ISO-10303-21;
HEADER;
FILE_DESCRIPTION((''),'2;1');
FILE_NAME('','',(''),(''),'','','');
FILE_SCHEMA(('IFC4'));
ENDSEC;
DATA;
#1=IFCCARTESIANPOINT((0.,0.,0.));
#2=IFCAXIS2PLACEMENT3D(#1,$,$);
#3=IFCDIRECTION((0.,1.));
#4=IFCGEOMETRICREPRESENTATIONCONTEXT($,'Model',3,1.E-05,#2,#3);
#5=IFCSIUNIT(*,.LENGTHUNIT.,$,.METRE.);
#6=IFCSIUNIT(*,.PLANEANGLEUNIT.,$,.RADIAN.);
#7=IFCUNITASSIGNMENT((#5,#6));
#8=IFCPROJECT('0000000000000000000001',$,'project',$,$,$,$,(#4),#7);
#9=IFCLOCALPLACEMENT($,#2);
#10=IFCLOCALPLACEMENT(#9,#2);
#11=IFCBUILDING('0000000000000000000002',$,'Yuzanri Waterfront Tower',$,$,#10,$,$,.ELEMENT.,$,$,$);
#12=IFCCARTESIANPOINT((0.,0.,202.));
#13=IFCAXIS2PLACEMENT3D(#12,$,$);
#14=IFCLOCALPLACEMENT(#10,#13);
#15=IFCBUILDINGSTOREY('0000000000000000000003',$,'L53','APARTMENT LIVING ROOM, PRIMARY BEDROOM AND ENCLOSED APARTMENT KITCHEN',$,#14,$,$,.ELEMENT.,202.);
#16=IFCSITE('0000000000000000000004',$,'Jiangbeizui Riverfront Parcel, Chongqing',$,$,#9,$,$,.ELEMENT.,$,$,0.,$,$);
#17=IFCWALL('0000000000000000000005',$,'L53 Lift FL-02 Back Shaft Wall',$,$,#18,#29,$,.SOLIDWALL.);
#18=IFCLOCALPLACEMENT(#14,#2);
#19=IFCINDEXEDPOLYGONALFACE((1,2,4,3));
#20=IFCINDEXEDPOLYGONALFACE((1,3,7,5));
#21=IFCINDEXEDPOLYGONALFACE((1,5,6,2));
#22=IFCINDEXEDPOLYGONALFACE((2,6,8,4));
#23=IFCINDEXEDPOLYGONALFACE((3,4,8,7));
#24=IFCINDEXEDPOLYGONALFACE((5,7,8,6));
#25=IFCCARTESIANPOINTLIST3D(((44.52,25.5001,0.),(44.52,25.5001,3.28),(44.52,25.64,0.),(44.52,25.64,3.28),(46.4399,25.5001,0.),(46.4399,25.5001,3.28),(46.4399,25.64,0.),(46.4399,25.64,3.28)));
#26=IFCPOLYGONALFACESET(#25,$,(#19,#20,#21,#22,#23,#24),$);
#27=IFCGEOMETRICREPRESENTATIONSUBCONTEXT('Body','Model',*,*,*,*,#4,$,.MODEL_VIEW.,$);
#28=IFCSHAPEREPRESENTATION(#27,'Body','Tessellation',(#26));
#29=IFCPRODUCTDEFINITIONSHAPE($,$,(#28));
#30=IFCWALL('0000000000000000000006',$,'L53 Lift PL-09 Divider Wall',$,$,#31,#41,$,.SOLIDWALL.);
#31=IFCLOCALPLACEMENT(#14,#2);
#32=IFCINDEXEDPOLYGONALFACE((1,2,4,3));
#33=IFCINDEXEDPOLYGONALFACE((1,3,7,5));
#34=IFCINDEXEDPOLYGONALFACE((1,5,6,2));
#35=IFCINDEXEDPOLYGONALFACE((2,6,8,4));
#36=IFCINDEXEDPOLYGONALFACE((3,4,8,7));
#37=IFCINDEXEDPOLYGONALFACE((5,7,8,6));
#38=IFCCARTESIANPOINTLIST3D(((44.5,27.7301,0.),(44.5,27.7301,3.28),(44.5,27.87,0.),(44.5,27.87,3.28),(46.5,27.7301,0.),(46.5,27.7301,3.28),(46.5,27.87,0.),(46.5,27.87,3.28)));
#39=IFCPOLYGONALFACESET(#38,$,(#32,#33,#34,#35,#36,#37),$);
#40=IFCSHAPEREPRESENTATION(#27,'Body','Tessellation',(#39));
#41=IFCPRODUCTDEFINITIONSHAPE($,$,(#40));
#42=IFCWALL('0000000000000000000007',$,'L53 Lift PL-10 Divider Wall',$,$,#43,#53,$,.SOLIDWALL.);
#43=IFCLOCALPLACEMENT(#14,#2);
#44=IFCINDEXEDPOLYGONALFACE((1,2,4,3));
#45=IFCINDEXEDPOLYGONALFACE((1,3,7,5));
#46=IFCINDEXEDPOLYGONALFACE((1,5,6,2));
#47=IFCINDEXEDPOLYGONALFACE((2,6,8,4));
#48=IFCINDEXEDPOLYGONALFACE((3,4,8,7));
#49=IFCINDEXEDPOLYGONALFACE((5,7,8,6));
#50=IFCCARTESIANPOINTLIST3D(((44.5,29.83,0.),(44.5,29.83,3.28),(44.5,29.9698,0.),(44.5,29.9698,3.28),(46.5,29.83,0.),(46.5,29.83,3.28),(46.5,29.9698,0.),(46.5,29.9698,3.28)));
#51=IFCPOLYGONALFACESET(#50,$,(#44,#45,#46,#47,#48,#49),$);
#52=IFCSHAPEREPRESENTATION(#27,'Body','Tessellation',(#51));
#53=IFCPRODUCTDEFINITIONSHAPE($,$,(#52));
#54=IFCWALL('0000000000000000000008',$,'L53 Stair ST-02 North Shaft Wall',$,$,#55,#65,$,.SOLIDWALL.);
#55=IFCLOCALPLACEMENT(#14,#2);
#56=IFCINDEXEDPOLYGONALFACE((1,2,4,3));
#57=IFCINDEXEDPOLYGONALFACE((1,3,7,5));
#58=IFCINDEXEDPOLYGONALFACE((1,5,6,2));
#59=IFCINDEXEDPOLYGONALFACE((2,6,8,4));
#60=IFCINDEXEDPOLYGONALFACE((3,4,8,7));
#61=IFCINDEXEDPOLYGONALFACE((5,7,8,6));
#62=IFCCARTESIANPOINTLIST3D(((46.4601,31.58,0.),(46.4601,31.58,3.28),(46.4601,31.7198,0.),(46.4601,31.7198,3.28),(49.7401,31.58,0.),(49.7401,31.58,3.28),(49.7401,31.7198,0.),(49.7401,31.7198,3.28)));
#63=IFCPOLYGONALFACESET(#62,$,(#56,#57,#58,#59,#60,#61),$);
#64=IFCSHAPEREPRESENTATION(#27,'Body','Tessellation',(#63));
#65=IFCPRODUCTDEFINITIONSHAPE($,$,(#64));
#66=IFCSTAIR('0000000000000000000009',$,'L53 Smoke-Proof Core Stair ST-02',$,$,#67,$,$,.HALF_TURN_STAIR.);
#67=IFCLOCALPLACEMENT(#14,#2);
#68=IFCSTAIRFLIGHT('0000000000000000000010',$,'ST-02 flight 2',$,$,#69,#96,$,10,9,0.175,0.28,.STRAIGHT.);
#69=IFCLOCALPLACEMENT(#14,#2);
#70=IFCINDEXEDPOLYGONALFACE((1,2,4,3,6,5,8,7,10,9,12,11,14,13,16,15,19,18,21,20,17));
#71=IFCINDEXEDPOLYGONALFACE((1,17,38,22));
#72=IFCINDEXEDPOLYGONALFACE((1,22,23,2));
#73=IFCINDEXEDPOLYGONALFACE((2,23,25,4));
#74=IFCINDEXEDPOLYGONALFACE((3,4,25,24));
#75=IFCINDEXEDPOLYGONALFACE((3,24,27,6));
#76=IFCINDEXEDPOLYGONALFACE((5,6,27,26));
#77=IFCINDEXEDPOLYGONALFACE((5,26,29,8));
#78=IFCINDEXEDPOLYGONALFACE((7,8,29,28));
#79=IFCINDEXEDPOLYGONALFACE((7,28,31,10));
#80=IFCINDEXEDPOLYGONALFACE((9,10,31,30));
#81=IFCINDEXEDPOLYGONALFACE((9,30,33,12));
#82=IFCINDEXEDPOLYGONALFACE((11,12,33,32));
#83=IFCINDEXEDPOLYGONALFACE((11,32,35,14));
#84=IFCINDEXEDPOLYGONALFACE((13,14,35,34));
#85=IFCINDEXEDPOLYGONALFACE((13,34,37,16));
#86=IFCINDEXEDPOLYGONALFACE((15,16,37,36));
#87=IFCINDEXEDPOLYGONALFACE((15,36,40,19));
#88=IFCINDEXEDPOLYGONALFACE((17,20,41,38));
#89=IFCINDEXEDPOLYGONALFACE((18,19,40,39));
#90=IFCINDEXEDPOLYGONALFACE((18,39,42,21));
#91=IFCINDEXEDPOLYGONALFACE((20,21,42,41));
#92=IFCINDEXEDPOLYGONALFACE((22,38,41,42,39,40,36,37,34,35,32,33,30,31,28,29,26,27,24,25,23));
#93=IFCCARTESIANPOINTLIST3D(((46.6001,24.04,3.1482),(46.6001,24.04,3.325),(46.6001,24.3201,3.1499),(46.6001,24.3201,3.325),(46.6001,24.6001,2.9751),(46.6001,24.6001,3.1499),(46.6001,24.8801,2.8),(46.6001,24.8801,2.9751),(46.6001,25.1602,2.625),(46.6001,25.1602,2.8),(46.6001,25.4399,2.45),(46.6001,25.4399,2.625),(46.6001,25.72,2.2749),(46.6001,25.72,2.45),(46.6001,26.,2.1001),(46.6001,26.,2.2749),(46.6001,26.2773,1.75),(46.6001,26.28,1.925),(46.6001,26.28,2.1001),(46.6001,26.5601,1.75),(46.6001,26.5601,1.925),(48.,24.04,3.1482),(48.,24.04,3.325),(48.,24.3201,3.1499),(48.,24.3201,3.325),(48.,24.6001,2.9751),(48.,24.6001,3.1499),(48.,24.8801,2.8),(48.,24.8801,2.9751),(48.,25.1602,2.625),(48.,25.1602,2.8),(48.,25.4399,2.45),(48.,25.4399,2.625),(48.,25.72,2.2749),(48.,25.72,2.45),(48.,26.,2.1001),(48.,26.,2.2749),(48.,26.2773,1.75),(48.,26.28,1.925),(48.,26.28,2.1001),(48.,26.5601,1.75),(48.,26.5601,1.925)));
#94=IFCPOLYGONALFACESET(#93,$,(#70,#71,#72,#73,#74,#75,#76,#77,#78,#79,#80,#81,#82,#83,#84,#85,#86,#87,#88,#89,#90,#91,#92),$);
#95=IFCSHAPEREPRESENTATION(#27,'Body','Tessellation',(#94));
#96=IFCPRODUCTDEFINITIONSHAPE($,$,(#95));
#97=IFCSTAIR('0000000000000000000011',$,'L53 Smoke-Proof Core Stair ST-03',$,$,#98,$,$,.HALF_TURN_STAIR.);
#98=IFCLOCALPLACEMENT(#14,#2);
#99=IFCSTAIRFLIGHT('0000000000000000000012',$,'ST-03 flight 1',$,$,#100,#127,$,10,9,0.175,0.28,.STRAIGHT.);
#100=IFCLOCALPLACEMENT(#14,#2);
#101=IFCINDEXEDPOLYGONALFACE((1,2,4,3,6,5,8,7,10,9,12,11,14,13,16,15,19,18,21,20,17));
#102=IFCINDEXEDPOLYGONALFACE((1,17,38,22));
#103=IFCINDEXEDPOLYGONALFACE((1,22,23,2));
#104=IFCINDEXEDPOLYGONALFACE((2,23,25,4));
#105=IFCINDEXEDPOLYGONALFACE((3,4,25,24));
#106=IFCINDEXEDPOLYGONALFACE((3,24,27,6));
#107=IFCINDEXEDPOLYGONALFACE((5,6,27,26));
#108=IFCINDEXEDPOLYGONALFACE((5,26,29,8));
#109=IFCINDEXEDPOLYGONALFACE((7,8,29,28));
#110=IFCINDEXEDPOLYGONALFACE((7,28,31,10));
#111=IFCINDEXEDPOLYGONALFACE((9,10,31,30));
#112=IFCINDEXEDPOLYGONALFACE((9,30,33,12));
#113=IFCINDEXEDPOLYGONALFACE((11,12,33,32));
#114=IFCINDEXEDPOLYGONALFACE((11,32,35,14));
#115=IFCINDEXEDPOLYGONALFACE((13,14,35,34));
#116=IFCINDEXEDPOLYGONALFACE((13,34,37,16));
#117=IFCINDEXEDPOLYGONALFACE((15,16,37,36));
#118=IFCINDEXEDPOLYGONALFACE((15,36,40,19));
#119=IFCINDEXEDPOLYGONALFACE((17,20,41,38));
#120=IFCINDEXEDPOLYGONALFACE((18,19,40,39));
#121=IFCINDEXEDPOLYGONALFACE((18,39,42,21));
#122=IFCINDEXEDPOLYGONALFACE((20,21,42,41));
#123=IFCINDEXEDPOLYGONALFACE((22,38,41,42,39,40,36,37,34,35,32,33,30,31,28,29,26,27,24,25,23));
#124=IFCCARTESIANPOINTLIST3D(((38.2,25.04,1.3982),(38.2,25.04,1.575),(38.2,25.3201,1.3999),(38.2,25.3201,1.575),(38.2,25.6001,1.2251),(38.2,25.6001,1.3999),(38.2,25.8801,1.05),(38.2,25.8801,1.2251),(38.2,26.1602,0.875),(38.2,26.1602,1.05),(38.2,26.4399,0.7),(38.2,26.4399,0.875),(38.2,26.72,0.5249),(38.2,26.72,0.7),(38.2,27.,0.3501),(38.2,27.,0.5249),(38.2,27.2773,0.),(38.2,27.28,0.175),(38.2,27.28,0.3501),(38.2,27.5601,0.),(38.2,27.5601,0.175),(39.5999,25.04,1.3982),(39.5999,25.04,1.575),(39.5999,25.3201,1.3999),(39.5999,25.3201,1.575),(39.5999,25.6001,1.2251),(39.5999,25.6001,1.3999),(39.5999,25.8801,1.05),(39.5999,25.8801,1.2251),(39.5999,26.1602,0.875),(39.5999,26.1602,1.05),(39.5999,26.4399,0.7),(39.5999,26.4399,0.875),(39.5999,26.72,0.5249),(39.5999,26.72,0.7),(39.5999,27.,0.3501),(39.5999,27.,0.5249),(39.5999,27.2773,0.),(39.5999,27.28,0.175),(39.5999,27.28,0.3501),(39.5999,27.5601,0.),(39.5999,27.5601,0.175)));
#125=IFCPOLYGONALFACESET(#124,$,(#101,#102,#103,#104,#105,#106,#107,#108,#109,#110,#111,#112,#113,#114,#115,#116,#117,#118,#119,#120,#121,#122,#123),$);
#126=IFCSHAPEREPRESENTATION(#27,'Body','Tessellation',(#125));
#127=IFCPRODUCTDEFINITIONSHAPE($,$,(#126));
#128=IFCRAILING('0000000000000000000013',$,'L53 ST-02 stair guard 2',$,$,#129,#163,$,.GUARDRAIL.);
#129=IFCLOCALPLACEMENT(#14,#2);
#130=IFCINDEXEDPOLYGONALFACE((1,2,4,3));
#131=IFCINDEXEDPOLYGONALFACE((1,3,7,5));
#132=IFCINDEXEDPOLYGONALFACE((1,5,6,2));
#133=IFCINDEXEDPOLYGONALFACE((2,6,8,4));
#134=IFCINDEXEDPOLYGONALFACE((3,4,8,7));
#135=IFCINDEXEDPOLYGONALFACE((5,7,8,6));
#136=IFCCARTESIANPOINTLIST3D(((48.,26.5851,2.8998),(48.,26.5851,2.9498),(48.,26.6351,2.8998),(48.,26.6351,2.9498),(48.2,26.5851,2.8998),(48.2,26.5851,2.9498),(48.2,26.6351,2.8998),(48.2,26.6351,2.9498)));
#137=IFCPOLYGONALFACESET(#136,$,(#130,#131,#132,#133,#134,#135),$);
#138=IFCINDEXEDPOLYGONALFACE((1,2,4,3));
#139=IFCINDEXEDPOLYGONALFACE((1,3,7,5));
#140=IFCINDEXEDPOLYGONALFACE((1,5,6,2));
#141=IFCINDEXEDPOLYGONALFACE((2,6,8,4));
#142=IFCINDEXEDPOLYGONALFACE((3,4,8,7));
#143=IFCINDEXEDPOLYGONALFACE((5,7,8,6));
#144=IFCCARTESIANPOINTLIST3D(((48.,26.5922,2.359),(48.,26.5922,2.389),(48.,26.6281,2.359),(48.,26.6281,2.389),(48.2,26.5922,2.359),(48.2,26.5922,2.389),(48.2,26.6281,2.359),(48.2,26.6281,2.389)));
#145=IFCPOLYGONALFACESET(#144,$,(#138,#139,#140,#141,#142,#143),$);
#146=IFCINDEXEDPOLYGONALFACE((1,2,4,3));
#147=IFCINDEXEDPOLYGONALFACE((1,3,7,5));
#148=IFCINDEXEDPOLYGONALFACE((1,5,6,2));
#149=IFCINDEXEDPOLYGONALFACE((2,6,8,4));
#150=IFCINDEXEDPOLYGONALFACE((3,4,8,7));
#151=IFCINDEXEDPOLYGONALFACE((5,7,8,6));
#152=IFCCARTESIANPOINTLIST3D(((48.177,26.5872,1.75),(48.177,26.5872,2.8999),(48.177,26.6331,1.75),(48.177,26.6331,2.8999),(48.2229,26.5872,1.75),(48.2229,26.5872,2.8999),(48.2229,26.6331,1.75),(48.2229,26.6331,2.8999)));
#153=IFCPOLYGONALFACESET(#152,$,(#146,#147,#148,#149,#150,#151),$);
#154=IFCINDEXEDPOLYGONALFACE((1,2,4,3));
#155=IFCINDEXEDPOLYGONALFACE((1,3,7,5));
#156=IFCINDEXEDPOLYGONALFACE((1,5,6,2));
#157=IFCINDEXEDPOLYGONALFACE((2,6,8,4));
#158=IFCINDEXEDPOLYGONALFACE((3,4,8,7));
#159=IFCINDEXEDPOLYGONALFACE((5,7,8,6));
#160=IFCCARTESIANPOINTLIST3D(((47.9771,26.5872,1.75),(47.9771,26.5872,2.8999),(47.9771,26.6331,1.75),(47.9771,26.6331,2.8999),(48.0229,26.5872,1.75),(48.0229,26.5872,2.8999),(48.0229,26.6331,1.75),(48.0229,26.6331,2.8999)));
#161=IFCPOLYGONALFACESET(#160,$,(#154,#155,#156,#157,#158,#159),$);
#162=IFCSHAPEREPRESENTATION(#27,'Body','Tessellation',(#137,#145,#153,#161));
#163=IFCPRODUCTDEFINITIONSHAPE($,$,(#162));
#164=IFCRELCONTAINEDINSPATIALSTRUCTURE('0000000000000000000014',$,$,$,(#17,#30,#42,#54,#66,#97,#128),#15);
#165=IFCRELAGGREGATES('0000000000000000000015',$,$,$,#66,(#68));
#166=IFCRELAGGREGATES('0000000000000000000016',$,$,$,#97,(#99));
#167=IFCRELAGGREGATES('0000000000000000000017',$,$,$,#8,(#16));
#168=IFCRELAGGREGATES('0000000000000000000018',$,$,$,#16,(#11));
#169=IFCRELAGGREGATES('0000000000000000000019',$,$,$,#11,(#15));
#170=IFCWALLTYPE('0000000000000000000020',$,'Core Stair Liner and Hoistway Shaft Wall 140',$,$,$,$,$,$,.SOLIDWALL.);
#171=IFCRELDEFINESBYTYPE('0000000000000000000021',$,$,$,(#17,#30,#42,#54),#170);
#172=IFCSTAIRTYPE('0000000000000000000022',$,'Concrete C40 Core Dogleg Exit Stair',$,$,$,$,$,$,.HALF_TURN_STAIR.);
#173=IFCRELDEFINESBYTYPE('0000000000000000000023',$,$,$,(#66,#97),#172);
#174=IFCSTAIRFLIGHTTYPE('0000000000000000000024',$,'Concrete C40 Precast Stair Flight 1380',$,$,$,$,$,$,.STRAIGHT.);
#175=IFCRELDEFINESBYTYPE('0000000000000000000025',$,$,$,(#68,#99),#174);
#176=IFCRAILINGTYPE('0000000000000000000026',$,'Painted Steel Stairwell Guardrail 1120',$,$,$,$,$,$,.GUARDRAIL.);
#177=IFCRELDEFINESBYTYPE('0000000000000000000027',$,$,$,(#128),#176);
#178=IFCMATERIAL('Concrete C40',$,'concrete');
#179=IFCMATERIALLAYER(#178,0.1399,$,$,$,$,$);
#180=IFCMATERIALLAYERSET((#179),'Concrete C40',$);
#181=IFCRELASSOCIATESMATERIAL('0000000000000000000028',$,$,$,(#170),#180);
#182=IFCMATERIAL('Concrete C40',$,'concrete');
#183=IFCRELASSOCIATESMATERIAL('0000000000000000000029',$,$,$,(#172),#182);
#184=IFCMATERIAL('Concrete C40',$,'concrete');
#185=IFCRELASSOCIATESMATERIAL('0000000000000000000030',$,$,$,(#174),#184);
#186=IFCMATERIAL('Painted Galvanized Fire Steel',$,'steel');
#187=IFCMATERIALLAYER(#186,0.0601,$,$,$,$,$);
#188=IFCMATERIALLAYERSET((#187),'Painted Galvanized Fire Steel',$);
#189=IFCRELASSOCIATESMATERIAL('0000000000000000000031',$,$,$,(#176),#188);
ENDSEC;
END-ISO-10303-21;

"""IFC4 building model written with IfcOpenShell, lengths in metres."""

from ifc_helpers import new_model, si_unit, direction, frame, frame_2d, origin, origin_2d, place, context, subcontext, project, spatial, polyline, rectangle, outline, extrude, source, transform, mapped, material, layer, layer_set, type_object, element, aggregate, save


model = new_model("IFC4")

# Units and contexts
model_context = context("Model", 3, precision=1e-05, world=origin(), true_north=direction((0.0, 1.0)))
body_context = subcontext(model_context, "Body", "Model", "MODEL_VIEW")
ifc_project = project(units=[si_unit("LENGTHUNIT", "METRE"), si_unit("PLANEANGLEUNIT", "RADIAN")], contexts=[model_context])

# Site, building, storey
site_placement = place(None, origin())
site = spatial("IfcSite", under=ifc_project, at=site_placement, Name="Jiangbeizui Riverfront Parcel, Chongqing", CompositionType="ELEMENT", RefElevation=0.0)
building_placement = place(site_placement, origin())
building = spatial("IfcBuilding", under=site, at=building_placement, Name="Yuzanri Waterfront Tower", CompositionType="ELEMENT")
storey_placement = place(building_placement, frame((0.0, 0.0, 202.0)))
storey = spatial("IfcBuildingStorey", under=building, at=storey_placement, Name="L53", Description="APARTMENT LIVING ROOM, PRIMARY BEDROOM AND ENCLOSED APARTMENT KITCHEN", CompositionType="ELEMENT", Elevation=202.0)

# Shared definitions
ifc_material_1 = material(Name="Concrete C40", Category="concrete")
ifc_layer_1 = layer(ifc_material_1, 0.1399)
ifc_layer_set_1 = layer_set([ifc_layer_1], Name="Concrete C40")
wall_type_1 = type_object("IfcWallType", Name="Core Stair Liner and Hoistway Shaft Wall 140", PredefinedType="SOLIDWALL", material=ifc_layer_set_1)

# Walls
shared_shape_1 = source(origin(), body_context, "Body", "SweptSolid", [
    extrude(rectangle(XDim=1.9199, YDim=0.1399, at=frame_2d((0.96, 0.0))), origin(), (0.0, 0.0, 1.0), 3.28),
])
wall_1_placement = place(storey_placement, frame((44.52, 25.5701, 0.0), z_axis=(0.0, 0.0, 1.0), x_axis=(1.0, 0.0, 0.0)))
element("IfcWall", 1, at=wall_1_placement, inside=storey, type_object=wall_type_1, Name="L53 Lift FL-02 Back Shaft Wall", PredefinedType="SOLIDWALL", context=body_context, shape_type="MappedRepresentation", body=[
    mapped(shared_shape_1, transform((0.0, 0.0, 0.0), scale=1.0)),
])
shared_shape_2 = source(origin(), body_context, "Body", "SweptSolid", [
    extrude(rectangle(XDim=2.0, YDim=0.1399, at=frame_2d((1.0, 0.0))), origin(), (0.0, 0.0, 1.0), 3.28),
])
for number, where, z_axis, x_axis, name in (
    (2, (44.5, 27.8, 0.0), (0.0, 0.0, 1.0), (1.0, 0.0, 0.0), "L53 Lift PL-09 Divider Wall"),
    (3, (44.5, 29.8999, 0.0), (0.0, 0.0, 1.0), (1.0, 0.0, 0.0), "L53 Lift PL-10 Divider Wall"),
):
    element("IfcWall", number, at=place(storey_placement, frame(where, z_axis=z_axis, x_axis=x_axis)), inside=storey, type_object=wall_type_1, Name=name, PredefinedType="SOLIDWALL", context=body_context, shape_type="MappedRepresentation", body=[
        mapped(shared_shape_2, transform((0.0, 0.0, 0.0), scale=1.0)),
    ])
shared_shape_3 = source(origin(), body_context, "Body", "SweptSolid", [
    extrude(rectangle(XDim=3.28, YDim=0.1399, at=frame_2d((1.6401, 0.0))), origin(), (0.0, 0.0, 1.0), 3.28),
])
wall_2_placement = place(storey_placement, frame((46.46, 31.6499, 0.0), z_axis=(0.0, 0.0, 1.0), x_axis=(1.0, 0.0, 0.0)))
element("IfcWall", 4, at=wall_2_placement, inside=storey, type_object=wall_type_1, Name="L53 Stair ST-02 North Shaft Wall", PredefinedType="SOLIDWALL", context=body_context, shape_type="MappedRepresentation", body=[
    mapped(shared_shape_3, transform((0.0, 0.0, 0.0), scale=1.0)),
])

# Stairs, stair flights
ifc_material_2 = material(Name="Concrete C40", Category="concrete")
stair_type = type_object("IfcStairType", Name="Concrete C40 Core Dogleg Exit Stair", PredefinedType="HALF_TURN_STAIR", material=ifc_material_2)
stair_1_placement = place(storey_placement, origin())
stair_1 = element("IfcStair", 5, at=stair_1_placement, inside=storey, type_object=stair_type, Name="L53 Smoke-Proof Core Stair ST-02", PredefinedType="HALF_TURN_STAIR")
ifc_material_3 = material(Name="Concrete C40", Category="concrete")
stair_flight_type = type_object("IfcStairFlightType", Name="Concrete C40 Precast Stair Flight 1380", PredefinedType="STRAIGHT", material=ifc_material_3)
shared_shape_4 = source(origin(), body_context, "Body", "SweptSolid", [
    extrude(outline(polyline([(0.0, 0.0), (0.0, 0.175), (0.28, 0.175), (0.28, 0.3501), (0.5601, 0.3501), (0.5601, 0.5249), (0.8401, 0.5249), (0.8401, 0.7), (1.1201, 0.7), (1.1201, 0.875), (1.3999, 0.875), (1.3999, 1.05), (1.6799, 1.05), (1.6799, 1.2251), (1.96, 1.2251), (1.96, 1.3999), (2.24, 1.3999), (2.24, 1.575), (2.52, 1.575), (2.52, 1.75), (2.52, 1.3982), (0.2827, 0.0), (0.0, 0.0)])), frame((0.0, 0.7, 0.0), z_axis=(0.0, -1.0, 0.0), x_axis=(1.0, 0.0, 0.0)), (0.0, 0.0, 1.0), 1.3999),
])
stair_flight_1_placement = place(storey_placement, frame((47.3, 26.5601, 1.75), z_axis=(0.0, 0.0, 1.0), x_axis=(0.0, -1.0, 0.0)))
stair_flight_1 = element("IfcStairFlight", 6, at=stair_flight_1_placement, type_object=stair_flight_type, Name="ST-02 flight 2", NumberOfRisers=10, NumberOfTreads=9, PredefinedType="STRAIGHT", RiserHeight=0.175, TreadLength=0.28, context=body_context, shape_type="MappedRepresentation", body=[
    mapped(shared_shape_4, transform((0.0, 0.0, 0.0), scale=1.0)),
])
aggregate(stair_1, [stair_flight_1])
stair_2_placement = place(storey_placement, origin())
stair_2 = element("IfcStair", 7, at=stair_2_placement, inside=storey, type_object=stair_type, Name="L53 Smoke-Proof Core Stair ST-03", PredefinedType="HALF_TURN_STAIR")
stair_flight_2_placement = place(storey_placement, frame((38.8999, 27.5601, 0.0), z_axis=(0.0, 0.0, 1.0), x_axis=(0.0, -1.0, 0.0)))
stair_flight_2 = element("IfcStairFlight", 8, at=stair_flight_2_placement, type_object=stair_flight_type, Name="ST-03 flight 1", NumberOfRisers=10, NumberOfTreads=9, PredefinedType="STRAIGHT", RiserHeight=0.175, TreadLength=0.28, context=body_context, shape_type="MappedRepresentation", body=[
    mapped(shared_shape_4, transform((0.0, 0.0, 0.0), scale=1.0)),
])
aggregate(stair_2, [stair_flight_2])

# Railing
ifc_material_4 = material(Name="Painted Galvanized Fire Steel", Category="steel")
ifc_layer_2 = layer(ifc_material_4, 0.0601)
ifc_layer_set_2 = layer_set([ifc_layer_2], Name="Painted Galvanized Fire Steel")
railing_type_1 = type_object("IfcRailingType", Name="Painted Steel Stairwell Guardrail 1120", PredefinedType="GUARDRAIL", material=ifc_layer_set_2)
shared_shape_5 = source(origin(), body_context, "Body", "SweptSolid", [
    extrude(rectangle(XDim=0.05, YDim=0.05, at=origin_2d()), frame((0.0, 0.0, 1.1748), z_axis=(-1.0, 0.0, 0.0), x_axis=(0.0, -1.0, 0.0)), (0.0, 0.0, 1.0), 0.2),
    extrude(rectangle(XDim=0.0359, YDim=0.03, at=origin_2d()), frame((0.0, 0.0, 0.624), z_axis=(-1.0, 0.0, 0.0), x_axis=(0.0, -1.0, 0.0)), (0.0, 0.0, 1.0), 0.2),
    extrude(rectangle(XDim=0.0459, YDim=0.0459, at=origin_2d()), origin(), (0.0, 0.0, 1.0), 1.1499),
    extrude(rectangle(XDim=0.0459, YDim=0.0459, at=origin_2d()), frame((-0.2, 0.0, 0.0)), (0.0, 0.0, 1.0), 1.1499),
])
railing_1_placement = place(storey_placement, frame((48.2, 26.6101, 1.75)))
element("IfcRailing", 9, at=railing_1_placement, inside=storey, type_object=railing_type_1, Name="L53 ST-02 stair guard 2", PredefinedType="GUARDRAIL", context=body_context, shape_type="MappedRepresentation", body=[
    mapped(shared_shape_5, transform((0.0, 0.0, 0.0), scale=1.0)),
])

save(model, "model.ifc")
